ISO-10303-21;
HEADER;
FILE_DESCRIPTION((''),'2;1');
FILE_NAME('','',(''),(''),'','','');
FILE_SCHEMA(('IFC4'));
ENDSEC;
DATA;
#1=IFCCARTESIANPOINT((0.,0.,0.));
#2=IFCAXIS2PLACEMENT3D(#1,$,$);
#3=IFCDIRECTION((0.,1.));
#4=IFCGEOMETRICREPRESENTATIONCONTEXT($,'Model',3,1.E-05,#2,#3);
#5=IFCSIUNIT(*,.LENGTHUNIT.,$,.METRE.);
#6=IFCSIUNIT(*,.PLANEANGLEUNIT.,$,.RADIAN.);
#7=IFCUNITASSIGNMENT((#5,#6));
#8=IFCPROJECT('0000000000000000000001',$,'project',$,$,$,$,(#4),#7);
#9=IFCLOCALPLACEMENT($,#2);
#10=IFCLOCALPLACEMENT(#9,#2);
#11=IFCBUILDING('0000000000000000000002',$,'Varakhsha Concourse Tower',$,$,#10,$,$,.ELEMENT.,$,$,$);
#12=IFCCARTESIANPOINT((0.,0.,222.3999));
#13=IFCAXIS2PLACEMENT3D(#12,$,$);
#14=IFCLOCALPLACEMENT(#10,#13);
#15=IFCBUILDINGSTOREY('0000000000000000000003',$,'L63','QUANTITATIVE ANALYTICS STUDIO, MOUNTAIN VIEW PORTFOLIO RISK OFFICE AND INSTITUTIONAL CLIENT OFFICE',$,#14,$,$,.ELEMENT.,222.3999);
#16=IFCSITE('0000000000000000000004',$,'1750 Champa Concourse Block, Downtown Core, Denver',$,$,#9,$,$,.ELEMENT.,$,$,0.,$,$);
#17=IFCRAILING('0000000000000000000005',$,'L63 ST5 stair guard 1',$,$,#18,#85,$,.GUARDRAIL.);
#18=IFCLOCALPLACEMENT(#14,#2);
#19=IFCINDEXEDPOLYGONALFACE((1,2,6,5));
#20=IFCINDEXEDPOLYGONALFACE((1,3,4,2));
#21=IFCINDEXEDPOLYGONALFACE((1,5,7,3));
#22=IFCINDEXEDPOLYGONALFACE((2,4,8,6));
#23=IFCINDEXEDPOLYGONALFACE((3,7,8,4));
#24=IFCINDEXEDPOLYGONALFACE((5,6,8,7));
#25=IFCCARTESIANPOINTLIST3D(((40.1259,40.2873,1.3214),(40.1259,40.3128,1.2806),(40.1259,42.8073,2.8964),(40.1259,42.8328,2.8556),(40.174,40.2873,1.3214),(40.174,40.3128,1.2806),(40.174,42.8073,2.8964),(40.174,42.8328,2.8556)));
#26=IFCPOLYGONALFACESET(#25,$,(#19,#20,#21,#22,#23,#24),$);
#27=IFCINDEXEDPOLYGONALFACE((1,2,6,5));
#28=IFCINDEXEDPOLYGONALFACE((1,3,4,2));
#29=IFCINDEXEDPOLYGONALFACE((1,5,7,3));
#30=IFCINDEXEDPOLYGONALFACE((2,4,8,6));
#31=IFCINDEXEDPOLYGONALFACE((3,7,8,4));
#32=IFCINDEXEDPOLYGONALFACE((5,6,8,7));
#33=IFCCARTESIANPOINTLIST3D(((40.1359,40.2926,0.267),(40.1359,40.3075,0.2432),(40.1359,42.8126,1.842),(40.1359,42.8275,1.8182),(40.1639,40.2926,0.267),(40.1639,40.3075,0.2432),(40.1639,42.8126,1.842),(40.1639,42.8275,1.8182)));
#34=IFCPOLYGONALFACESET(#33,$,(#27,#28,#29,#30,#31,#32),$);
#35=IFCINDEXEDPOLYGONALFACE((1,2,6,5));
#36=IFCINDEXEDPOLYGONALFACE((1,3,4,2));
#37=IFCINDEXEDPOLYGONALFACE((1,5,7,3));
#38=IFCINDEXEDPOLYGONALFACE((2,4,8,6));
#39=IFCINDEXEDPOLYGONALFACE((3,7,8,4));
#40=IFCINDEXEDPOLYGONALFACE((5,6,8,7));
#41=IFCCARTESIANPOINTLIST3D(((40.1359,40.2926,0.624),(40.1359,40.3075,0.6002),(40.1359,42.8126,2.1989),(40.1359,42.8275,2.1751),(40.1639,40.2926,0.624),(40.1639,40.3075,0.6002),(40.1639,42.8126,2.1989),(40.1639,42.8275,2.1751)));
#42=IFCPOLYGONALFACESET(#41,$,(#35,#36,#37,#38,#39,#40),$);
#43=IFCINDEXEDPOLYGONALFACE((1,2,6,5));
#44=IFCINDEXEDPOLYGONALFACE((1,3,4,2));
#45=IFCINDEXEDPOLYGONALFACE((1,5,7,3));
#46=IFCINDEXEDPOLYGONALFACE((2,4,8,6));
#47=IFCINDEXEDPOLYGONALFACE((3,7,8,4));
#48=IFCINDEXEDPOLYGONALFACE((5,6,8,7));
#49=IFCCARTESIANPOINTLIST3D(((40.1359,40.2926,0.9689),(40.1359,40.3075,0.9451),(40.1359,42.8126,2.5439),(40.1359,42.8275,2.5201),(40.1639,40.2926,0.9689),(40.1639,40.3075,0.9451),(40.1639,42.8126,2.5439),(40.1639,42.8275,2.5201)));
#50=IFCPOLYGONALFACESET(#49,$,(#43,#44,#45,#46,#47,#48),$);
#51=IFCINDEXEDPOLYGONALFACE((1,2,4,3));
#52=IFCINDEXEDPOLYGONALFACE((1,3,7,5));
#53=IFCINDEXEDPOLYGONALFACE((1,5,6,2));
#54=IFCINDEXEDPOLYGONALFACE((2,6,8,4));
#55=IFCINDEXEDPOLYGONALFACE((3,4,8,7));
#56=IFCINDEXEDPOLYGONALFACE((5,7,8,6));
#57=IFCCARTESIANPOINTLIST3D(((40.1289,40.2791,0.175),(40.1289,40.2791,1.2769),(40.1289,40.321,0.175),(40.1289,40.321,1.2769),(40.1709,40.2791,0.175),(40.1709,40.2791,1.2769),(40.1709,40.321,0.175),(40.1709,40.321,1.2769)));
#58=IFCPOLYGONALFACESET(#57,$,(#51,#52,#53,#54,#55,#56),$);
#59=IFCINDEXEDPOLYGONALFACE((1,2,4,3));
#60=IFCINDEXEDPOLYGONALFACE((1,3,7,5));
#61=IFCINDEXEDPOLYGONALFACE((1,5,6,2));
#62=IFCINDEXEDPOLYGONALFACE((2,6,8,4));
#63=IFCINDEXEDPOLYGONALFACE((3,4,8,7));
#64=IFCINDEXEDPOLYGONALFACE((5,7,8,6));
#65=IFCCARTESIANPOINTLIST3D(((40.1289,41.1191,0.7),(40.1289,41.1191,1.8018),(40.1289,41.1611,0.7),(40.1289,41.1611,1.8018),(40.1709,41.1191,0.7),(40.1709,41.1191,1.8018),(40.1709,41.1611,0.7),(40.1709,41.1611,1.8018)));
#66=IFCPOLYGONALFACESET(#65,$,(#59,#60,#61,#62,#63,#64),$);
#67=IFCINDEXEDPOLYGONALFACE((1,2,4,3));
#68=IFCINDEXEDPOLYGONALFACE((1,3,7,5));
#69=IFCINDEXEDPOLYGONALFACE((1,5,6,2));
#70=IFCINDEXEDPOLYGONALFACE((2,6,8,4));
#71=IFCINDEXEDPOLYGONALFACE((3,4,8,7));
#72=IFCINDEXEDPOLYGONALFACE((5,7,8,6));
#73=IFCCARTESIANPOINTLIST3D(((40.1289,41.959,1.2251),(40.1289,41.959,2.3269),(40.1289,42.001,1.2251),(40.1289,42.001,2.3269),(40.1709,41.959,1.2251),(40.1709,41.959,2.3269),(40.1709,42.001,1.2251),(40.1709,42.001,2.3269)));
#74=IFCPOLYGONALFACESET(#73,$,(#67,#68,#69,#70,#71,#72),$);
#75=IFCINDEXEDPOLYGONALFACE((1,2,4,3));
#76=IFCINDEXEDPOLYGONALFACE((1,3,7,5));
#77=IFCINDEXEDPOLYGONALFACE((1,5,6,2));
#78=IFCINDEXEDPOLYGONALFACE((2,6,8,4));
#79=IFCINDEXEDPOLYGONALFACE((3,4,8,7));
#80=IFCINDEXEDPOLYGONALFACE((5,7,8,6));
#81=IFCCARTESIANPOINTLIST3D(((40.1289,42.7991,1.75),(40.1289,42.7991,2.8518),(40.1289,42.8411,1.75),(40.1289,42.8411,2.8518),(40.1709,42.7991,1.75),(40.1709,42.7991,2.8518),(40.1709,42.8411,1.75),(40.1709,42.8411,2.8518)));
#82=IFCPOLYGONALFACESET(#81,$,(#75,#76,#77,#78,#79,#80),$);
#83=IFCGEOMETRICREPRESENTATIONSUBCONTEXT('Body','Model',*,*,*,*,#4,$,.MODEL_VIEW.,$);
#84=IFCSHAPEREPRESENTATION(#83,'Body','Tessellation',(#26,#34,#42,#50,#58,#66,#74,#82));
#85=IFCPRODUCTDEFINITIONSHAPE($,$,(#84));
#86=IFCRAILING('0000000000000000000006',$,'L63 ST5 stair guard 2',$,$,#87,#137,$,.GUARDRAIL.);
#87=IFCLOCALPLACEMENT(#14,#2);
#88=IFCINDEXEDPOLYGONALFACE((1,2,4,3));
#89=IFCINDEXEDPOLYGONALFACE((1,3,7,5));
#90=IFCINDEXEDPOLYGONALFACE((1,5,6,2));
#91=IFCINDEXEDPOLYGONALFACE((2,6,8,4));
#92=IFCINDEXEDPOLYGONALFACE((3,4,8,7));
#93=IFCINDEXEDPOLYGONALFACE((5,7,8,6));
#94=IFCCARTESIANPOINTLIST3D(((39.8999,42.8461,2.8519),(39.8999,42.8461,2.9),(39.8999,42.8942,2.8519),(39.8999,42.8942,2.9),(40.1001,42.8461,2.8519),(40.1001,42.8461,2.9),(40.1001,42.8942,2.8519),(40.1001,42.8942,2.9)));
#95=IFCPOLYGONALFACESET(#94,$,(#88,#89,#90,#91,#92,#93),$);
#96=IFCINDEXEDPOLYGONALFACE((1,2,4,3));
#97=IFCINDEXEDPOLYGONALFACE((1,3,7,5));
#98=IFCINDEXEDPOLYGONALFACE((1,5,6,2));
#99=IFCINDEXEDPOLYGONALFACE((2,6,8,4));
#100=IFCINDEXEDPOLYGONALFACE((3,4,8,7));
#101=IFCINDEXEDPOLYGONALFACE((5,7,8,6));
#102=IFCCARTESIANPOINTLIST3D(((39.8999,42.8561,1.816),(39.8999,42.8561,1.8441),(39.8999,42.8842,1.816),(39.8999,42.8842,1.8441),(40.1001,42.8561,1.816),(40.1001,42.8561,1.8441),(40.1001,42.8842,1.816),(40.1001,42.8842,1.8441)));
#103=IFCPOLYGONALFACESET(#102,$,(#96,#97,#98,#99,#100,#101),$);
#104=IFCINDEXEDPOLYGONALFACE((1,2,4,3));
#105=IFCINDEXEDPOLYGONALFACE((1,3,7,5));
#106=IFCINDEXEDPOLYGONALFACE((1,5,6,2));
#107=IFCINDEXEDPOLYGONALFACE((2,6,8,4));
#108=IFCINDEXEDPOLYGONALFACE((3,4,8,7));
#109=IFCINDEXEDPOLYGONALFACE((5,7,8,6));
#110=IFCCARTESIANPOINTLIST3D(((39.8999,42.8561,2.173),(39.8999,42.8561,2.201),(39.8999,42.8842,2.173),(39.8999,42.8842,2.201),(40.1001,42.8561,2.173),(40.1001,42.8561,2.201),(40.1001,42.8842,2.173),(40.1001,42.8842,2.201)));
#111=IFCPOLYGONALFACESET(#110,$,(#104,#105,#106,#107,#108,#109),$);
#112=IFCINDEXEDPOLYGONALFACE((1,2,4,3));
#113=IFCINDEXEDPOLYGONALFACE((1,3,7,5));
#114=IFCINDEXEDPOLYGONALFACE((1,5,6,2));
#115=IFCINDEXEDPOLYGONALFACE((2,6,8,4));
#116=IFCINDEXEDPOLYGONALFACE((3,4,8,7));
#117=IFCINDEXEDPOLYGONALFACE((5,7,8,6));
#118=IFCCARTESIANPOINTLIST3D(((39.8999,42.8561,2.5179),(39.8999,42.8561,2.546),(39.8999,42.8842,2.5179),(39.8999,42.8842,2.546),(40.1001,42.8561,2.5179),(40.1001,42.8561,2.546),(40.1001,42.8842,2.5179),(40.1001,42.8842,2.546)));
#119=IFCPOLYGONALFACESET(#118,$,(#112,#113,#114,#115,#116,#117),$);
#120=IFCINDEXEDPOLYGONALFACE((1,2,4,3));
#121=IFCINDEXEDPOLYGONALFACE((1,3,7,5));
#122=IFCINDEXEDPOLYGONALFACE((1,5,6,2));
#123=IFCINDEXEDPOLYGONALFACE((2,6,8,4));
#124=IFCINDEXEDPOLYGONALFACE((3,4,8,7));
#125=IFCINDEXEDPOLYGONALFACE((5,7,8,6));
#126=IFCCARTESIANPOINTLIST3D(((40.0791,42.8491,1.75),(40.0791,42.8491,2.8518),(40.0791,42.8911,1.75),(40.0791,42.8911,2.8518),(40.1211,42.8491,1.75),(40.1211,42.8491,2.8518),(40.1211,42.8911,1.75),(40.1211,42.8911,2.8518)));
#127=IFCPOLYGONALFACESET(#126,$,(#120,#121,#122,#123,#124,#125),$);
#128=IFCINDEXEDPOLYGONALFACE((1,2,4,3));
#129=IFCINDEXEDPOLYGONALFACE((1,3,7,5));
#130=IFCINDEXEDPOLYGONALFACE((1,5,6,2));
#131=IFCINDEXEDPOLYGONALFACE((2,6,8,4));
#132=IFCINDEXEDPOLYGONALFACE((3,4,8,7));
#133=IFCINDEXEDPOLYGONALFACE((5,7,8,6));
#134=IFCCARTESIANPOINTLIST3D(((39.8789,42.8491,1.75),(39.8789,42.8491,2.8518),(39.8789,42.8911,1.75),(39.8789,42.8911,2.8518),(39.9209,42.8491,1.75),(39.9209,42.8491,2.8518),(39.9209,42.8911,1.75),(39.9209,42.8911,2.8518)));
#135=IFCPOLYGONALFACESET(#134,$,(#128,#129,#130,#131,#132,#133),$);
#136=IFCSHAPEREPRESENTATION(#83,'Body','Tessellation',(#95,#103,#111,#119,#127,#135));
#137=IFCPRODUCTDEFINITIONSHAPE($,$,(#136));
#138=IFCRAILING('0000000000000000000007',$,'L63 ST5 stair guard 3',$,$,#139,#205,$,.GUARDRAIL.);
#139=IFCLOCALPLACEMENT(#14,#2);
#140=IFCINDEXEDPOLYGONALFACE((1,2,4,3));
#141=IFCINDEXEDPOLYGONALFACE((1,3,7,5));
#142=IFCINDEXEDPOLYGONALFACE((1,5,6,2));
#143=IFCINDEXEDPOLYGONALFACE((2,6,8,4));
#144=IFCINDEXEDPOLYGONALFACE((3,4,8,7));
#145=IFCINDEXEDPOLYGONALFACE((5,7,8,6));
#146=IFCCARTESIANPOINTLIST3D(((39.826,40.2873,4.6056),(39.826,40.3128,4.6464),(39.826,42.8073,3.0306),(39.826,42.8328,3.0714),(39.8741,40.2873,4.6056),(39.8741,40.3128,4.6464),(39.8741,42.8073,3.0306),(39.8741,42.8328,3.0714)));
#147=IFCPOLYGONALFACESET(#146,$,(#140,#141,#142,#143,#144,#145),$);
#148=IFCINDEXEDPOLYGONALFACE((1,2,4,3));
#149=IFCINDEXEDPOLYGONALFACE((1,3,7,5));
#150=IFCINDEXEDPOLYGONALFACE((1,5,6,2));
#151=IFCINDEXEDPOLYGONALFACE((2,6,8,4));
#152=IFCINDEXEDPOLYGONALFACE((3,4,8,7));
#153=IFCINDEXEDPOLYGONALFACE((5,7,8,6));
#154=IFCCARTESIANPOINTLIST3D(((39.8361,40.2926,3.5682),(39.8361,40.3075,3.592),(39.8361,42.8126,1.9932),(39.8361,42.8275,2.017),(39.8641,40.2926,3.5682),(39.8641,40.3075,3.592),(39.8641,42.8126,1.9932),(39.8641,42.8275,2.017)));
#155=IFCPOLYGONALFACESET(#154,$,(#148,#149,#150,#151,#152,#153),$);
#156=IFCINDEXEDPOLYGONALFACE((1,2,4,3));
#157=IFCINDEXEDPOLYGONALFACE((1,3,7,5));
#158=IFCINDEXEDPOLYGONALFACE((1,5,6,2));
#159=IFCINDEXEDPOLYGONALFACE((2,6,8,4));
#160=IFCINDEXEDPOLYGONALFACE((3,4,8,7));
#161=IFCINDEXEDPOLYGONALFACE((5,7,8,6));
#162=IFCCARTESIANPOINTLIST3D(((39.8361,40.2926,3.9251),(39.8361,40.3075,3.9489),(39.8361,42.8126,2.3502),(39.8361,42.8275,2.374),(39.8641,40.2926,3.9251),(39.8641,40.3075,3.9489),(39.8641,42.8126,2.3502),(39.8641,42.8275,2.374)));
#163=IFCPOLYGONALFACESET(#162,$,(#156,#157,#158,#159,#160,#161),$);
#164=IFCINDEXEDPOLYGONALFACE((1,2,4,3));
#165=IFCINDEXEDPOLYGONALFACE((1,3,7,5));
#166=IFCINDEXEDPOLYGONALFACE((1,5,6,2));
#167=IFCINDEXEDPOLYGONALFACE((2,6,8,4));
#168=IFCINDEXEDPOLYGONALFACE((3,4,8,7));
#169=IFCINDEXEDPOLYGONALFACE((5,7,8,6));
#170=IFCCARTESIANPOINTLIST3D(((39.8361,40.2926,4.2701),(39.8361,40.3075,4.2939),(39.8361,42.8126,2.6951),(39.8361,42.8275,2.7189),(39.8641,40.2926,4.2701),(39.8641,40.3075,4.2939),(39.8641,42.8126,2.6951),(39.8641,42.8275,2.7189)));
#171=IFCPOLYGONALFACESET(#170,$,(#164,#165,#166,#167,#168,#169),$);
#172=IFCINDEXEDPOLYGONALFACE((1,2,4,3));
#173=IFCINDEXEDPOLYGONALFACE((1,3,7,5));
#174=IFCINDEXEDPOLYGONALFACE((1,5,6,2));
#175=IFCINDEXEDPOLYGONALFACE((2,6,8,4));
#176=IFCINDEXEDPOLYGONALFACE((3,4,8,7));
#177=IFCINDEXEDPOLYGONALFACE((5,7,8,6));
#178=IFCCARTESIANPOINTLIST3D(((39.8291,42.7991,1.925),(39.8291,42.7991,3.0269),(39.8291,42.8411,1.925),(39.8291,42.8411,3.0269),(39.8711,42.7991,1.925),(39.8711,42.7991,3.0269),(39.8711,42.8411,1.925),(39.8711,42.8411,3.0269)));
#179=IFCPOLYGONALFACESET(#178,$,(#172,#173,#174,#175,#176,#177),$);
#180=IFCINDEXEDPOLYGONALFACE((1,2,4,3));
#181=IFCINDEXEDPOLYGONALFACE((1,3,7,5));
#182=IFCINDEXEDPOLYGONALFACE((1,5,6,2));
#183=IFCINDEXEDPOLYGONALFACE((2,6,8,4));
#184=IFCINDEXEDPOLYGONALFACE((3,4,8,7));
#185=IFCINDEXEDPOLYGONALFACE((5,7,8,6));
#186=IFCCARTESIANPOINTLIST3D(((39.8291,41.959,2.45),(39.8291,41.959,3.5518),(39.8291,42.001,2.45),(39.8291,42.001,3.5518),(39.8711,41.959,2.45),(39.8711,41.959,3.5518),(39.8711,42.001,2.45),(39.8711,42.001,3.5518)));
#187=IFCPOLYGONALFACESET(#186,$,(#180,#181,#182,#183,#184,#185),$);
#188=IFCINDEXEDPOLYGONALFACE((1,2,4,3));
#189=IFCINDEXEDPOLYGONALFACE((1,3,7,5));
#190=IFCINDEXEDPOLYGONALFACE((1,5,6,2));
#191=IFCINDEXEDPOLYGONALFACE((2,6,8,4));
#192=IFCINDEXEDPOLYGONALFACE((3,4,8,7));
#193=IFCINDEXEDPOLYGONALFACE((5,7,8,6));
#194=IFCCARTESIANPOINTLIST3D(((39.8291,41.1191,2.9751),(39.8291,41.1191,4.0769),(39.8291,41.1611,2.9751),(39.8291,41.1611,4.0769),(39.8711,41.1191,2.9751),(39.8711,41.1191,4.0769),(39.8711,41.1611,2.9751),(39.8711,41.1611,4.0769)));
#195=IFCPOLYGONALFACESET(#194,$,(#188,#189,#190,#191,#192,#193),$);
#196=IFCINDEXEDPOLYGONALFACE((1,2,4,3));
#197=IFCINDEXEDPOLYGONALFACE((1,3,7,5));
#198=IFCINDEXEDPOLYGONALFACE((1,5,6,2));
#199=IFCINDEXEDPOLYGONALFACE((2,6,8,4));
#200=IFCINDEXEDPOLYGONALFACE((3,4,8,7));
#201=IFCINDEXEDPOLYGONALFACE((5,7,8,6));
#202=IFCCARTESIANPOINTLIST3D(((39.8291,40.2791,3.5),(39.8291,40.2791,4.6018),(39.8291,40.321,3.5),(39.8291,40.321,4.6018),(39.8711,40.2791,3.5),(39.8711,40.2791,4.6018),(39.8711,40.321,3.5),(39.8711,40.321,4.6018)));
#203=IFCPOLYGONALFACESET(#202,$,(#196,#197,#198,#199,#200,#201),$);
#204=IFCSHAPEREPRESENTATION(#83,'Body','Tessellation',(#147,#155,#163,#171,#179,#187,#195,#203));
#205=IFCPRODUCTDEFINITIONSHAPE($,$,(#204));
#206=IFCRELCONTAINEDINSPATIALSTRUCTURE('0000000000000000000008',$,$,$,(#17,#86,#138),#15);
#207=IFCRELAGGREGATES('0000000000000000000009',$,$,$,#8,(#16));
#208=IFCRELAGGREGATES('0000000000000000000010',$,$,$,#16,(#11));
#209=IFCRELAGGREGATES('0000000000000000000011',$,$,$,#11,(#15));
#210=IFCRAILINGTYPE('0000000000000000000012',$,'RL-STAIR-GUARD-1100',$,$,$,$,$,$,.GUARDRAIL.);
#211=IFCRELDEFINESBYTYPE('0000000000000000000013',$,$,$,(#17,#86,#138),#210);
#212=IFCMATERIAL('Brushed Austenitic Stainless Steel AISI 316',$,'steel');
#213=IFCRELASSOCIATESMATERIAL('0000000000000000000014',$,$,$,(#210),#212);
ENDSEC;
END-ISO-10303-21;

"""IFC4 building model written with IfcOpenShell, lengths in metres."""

from ifc_helpers import new_model, si_unit, direction, frame, origin, origin_2d, place, context, subcontext, project, spatial, rectangle, extrude, material, type_object, element, save


model = new_model("IFC4")

# Units and contexts
model_context = context("Model", 3, precision=1e-05, world=origin(), true_north=direction((0.0, 1.0)))
body_context = subcontext(model_context, "Body", "Model", "MODEL_VIEW")
ifc_project = project(units=[si_unit("LENGTHUNIT", "METRE"), si_unit("PLANEANGLEUNIT", "RADIAN")], contexts=[model_context])

# Site, building, storey
site_placement = place(None, origin())
site = spatial("IfcSite", under=ifc_project, at=site_placement, Name="1750 Champa Concourse Block, Downtown Core, Denver", CompositionType="ELEMENT", RefElevation=0.0)
building_placement = place(site_placement, origin())
building = spatial("IfcBuilding", under=site, at=building_placement, Name="Varakhsha Concourse Tower", CompositionType="ELEMENT")
storey_placement = place(building_placement, frame((0.0, 0.0, 222.3999)))
storey = spatial("IfcBuildingStorey", under=building, at=storey_placement, Name="L63", Description="QUANTITATIVE ANALYTICS STUDIO, MOUNTAIN VIEW PORTFOLIO RISK OFFICE AND INSTITUTIONAL CLIENT OFFICE", CompositionType="ELEMENT", Elevation=222.3999)

# Railings
ifc_material_1 = material(Name="Brushed Austenitic Stainless Steel AISI 316", Category="steel")
railing_type_1 = type_object("IfcRailingType", Name="RL-STAIR-GUARD-1100", PredefinedType="GUARDRAIL", material=ifc_material_1)
railing_1_placement = place(storey_placement, frame((40.1499, 40.3, 0.175)))
element("IfcRailing", 1, at=railing_1_placement, inside=storey, type_object=railing_type_1, Name="L63 ST5 stair guard 1", PredefinedType="GUARDRAIL", context=body_context, shape_type="SweptSolid", body=[
    extrude(rectangle(XDim=0.0481, YDim=0.0481, at=origin_2d()), frame((0.0, 0.0, 1.126), z_axis=(0.0, 0.848008, 0.529984), x_axis=(-1.0, 0.0, 0.0)), (0.0, 0.0, 1.0), 2.9717),
    extrude(rectangle(XDim=0.0281, YDim=0.0281, at=origin_2d()), frame((0.0, 0.0, 0.0801), z_axis=(0.0, 0.848008, 0.529984), x_axis=(-1.0, 0.0, 0.0)), (0.0, 0.0, 1.0), 2.9717),
    extrude(rectangle(XDim=0.0281, YDim=0.0281, at=origin_2d()), frame((0.0, 0.0, 0.437), z_axis=(0.0, 0.848008, 0.529984), x_axis=(-1.0, 0.0, 0.0)), (0.0, 0.0, 1.0), 2.9717),
    extrude(rectangle(XDim=0.0281, YDim=0.0281, at=origin_2d()), frame((0.0, 0.0, 0.782), z_axis=(0.0, 0.848008, 0.529984), x_axis=(-1.0, 0.0, 0.0)), (0.0, 0.0, 1.0), 2.9717),
    extrude(rectangle(XDim=0.042, YDim=0.042, at=origin_2d()), origin(), (0.0, 0.0, 1.0), 1.1018),
    extrude(rectangle(XDim=0.042, YDim=0.042, at=origin_2d()), frame((0.0, 0.8401, 0.5249)), (0.0, 0.0, 1.0), 1.1018),
    extrude(rectangle(XDim=0.042, YDim=0.042, at=origin_2d()), frame((0.0, 1.6799, 1.05)), (0.0, 0.0, 1.0), 1.1018),
    extrude(rectangle(XDim=0.042, YDim=0.042, at=origin_2d()), frame((0.0, 2.52, 1.575)), (0.0, 0.0, 1.0), 1.1018),
])
railing_2_placement = place(storey_placement, frame((40.1001, 42.8701, 1.75)))
element("IfcRailing", 2, at=railing_2_placement, inside=storey, type_object=railing_type_1, Name="L63 ST5 stair guard 2", PredefinedType="GUARDRAIL", context=body_context, shape_type="SweptSolid", body=[
    extrude(rectangle(XDim=0.0481, YDim=0.0481, at=origin_2d()), frame((0.0, 0.0, 1.126), z_axis=(-1.0, 0.0, 0.0), x_axis=(0.0, -1.0, 0.0)), (0.0, 0.0, 1.0), 0.2002),
    extrude(rectangle(XDim=0.0281, YDim=0.0281, at=origin_2d()), frame((0.0, 0.0, 0.0801), z_axis=(-1.0, 0.0, 0.0), x_axis=(0.0, -1.0, 0.0)), (0.0, 0.0, 1.0), 0.2002),
    extrude(rectangle(XDim=0.0281, YDim=0.0281, at=origin_2d()), frame((0.0, 0.0, 0.437), z_axis=(-1.0, 0.0, 0.0), x_axis=(0.0, -1.0, 0.0)), (0.0, 0.0, 1.0), 0.2002),
    extrude(rectangle(XDim=0.0281, YDim=0.0281, at=origin_2d()), frame((0.0, 0.0, 0.782), z_axis=(-1.0, 0.0, 0.0), x_axis=(0.0, -1.0, 0.0)), (0.0, 0.0, 1.0), 0.2002),
    extrude(rectangle(XDim=0.042, YDim=0.042, at=origin_2d()), origin(), (0.0, 0.0, 1.0), 1.1018),
    extrude(rectangle(XDim=0.042, YDim=0.042, at=origin_2d()), frame((-0.2002, 0.0, 0.0)), (0.0, 0.0, 1.0), 1.1018),
])
railing_3_placement = place(storey_placement, frame((39.8501, 42.8201, 1.925)))
element("IfcRailing", 3, at=railing_3_placement, inside=storey, type_object=railing_type_1, Name="L63 ST5 stair guard 3", PredefinedType="GUARDRAIL", context=body_context, shape_type="SweptSolid", body=[
    extrude(rectangle(XDim=0.0481, YDim=0.0481, at=origin_2d()), frame((0.0, 0.0, 1.126), z_axis=(0.0, -0.848008, 0.529984), x_axis=(1.0, 0.0, 0.0)), (0.0, 0.0, 1.0), 2.9717),
    extrude(rectangle(XDim=0.0281, YDim=0.0281, at=origin_2d()), frame((0.0, 0.0, 0.0801), z_axis=(0.0, -0.848008, 0.529984), x_axis=(1.0, 0.0, 0.0)), (0.0, 0.0, 1.0), 2.9717),
    extrude(rectangle(XDim=0.0281, YDim=0.0281, at=origin_2d()), frame((0.0, 0.0, 0.437), z_axis=(0.0, -0.848008, 0.529984), x_axis=(1.0, 0.0, 0.0)), (0.0, 0.0, 1.0), 2.9717),
    extrude(rectangle(XDim=0.0281, YDim=0.0281, at=origin_2d()), frame((0.0, 0.0, 0.782), z_axis=(0.0, -0.848008, 0.529984), x_axis=(1.0, 0.0, 0.0)), (0.0, 0.0, 1.0), 2.9717),
    extrude(rectangle(XDim=0.042, YDim=0.042, at=origin_2d()), origin(), (0.0, 0.0, 1.0), 1.1018),
    extrude(rectangle(XDim=0.042, YDim=0.042, at=origin_2d()), frame((0.0, -0.8401, 0.5249)), (0.0, 0.0, 1.0), 1.1018),
    extrude(rectangle(XDim=0.042, YDim=0.042, at=origin_2d()), frame((0.0, -1.6799, 1.05)), (0.0, 0.0, 1.0), 1.1018),
    extrude(rectangle(XDim=0.042, YDim=0.042, at=origin_2d()), frame((0.0, -2.52, 1.575)), (0.0, 0.0, 1.0), 1.1018),
])

save(model, "model.ifc")
